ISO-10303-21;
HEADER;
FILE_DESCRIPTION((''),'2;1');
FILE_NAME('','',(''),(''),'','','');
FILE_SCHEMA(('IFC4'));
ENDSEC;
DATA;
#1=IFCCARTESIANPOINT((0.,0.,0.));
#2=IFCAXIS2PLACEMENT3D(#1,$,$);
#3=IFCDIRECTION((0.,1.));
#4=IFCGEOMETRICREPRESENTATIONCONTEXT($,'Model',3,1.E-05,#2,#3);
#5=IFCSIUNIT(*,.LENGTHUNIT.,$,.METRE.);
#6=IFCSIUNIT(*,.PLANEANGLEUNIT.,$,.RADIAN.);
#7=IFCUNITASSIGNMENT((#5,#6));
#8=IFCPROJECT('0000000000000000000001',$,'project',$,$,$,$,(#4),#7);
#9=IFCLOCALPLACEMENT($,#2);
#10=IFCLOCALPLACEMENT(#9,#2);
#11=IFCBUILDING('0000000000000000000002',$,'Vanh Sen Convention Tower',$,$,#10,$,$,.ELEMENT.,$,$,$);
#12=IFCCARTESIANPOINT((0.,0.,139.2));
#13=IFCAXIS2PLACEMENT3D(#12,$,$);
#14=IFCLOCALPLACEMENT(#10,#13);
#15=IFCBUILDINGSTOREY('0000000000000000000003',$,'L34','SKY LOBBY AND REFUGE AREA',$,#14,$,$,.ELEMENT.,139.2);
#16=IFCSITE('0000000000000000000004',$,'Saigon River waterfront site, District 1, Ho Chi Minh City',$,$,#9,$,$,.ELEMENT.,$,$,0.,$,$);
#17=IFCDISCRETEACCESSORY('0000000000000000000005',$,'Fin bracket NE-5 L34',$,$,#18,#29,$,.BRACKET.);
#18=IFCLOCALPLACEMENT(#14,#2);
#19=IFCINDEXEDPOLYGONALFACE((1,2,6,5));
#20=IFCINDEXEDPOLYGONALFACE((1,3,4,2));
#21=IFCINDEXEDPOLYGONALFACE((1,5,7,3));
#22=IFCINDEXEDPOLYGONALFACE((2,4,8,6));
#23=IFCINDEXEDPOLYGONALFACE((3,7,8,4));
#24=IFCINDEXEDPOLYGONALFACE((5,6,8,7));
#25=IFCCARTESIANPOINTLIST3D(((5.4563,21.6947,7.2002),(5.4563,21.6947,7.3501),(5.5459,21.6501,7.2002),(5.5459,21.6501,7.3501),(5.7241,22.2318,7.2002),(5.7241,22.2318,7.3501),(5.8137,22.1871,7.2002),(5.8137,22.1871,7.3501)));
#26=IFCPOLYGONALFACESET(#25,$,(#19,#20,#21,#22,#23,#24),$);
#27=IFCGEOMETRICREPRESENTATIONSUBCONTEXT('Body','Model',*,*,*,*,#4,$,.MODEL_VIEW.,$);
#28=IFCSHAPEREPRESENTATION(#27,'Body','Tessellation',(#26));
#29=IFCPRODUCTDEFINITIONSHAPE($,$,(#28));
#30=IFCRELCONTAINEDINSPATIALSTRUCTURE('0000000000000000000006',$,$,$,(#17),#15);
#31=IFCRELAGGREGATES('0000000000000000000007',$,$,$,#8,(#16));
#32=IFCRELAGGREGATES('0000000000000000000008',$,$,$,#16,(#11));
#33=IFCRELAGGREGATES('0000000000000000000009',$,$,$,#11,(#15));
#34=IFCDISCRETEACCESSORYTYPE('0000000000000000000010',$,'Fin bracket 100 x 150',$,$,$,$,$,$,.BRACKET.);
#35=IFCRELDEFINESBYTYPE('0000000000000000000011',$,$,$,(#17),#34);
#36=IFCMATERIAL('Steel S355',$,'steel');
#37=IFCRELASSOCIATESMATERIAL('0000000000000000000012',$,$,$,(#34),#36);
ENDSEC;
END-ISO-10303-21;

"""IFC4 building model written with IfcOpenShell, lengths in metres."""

from ifc_helpers import new_model, si_unit, direction, frame, origin, origin_2d, place, context, subcontext, project, spatial, rectangle, extrude, material, type_object, element, save


model = new_model("IFC4")

# Units and contexts
model_context = context("Model", 3, precision=1e-05, world=origin(), true_north=direction((0.0, 1.0)))
body_context = subcontext(model_context, "Body", "Model", "MODEL_VIEW")
ifc_project = project(units=[si_unit("LENGTHUNIT", "METRE"), si_unit("PLANEANGLEUNIT", "RADIAN")], contexts=[model_context])

# Site, building, storey
site_placement = place(None, origin())
site = spatial("IfcSite", under=ifc_project, at=site_placement, Name="Saigon River waterfront site, District 1, Ho Chi Minh City", CompositionType="ELEMENT", RefElevation=0.0)
building_placement = place(site_placement, origin())
building = spatial("IfcBuilding", under=site, at=building_placement, Name="Vanh Sen Convention Tower", CompositionType="ELEMENT")
storey_placement = place(building_placement, frame((0.0, 0.0, 139.2)))
storey = spatial("IfcBuildingStorey", under=building, at=storey_placement, Name="L34", Description="SKY LOBBY AND REFUGE AREA", CompositionType="ELEMENT", Elevation=139.2)

# Discrete accessory
ifc_material_1 = material(Name="Steel S355", Category="steel")
discrete_accessory_type = type_object("IfcDiscreteAccessoryType", Name="Fin bracket 100 x 150", PredefinedType="BRACKET", material=ifc_material_1)
for number, where, z_axis, x_axis, name in (
    (1, (5.635, 21.9409, 7.2002), (0.0, 0.0, 1.0), (0.446198, 0.894934, 0.0), "Fin bracket NE-5 L34"),
):
    element("IfcDiscreteAccessory", number, at=place(storey_placement, frame(where, z_axis=z_axis, x_axis=x_axis)), inside=storey, type_object=discrete_accessory_type, Name=name, PredefinedType="BRACKET", context=body_context, shape_type="SweptSolid", body=[
        extrude(rectangle(XDim=0.6001, YDim=0.1001, at=origin_2d()), origin(), (0.0, 0.0, 1.0), 0.1499),
    ])

save(model, "model.ifc")
